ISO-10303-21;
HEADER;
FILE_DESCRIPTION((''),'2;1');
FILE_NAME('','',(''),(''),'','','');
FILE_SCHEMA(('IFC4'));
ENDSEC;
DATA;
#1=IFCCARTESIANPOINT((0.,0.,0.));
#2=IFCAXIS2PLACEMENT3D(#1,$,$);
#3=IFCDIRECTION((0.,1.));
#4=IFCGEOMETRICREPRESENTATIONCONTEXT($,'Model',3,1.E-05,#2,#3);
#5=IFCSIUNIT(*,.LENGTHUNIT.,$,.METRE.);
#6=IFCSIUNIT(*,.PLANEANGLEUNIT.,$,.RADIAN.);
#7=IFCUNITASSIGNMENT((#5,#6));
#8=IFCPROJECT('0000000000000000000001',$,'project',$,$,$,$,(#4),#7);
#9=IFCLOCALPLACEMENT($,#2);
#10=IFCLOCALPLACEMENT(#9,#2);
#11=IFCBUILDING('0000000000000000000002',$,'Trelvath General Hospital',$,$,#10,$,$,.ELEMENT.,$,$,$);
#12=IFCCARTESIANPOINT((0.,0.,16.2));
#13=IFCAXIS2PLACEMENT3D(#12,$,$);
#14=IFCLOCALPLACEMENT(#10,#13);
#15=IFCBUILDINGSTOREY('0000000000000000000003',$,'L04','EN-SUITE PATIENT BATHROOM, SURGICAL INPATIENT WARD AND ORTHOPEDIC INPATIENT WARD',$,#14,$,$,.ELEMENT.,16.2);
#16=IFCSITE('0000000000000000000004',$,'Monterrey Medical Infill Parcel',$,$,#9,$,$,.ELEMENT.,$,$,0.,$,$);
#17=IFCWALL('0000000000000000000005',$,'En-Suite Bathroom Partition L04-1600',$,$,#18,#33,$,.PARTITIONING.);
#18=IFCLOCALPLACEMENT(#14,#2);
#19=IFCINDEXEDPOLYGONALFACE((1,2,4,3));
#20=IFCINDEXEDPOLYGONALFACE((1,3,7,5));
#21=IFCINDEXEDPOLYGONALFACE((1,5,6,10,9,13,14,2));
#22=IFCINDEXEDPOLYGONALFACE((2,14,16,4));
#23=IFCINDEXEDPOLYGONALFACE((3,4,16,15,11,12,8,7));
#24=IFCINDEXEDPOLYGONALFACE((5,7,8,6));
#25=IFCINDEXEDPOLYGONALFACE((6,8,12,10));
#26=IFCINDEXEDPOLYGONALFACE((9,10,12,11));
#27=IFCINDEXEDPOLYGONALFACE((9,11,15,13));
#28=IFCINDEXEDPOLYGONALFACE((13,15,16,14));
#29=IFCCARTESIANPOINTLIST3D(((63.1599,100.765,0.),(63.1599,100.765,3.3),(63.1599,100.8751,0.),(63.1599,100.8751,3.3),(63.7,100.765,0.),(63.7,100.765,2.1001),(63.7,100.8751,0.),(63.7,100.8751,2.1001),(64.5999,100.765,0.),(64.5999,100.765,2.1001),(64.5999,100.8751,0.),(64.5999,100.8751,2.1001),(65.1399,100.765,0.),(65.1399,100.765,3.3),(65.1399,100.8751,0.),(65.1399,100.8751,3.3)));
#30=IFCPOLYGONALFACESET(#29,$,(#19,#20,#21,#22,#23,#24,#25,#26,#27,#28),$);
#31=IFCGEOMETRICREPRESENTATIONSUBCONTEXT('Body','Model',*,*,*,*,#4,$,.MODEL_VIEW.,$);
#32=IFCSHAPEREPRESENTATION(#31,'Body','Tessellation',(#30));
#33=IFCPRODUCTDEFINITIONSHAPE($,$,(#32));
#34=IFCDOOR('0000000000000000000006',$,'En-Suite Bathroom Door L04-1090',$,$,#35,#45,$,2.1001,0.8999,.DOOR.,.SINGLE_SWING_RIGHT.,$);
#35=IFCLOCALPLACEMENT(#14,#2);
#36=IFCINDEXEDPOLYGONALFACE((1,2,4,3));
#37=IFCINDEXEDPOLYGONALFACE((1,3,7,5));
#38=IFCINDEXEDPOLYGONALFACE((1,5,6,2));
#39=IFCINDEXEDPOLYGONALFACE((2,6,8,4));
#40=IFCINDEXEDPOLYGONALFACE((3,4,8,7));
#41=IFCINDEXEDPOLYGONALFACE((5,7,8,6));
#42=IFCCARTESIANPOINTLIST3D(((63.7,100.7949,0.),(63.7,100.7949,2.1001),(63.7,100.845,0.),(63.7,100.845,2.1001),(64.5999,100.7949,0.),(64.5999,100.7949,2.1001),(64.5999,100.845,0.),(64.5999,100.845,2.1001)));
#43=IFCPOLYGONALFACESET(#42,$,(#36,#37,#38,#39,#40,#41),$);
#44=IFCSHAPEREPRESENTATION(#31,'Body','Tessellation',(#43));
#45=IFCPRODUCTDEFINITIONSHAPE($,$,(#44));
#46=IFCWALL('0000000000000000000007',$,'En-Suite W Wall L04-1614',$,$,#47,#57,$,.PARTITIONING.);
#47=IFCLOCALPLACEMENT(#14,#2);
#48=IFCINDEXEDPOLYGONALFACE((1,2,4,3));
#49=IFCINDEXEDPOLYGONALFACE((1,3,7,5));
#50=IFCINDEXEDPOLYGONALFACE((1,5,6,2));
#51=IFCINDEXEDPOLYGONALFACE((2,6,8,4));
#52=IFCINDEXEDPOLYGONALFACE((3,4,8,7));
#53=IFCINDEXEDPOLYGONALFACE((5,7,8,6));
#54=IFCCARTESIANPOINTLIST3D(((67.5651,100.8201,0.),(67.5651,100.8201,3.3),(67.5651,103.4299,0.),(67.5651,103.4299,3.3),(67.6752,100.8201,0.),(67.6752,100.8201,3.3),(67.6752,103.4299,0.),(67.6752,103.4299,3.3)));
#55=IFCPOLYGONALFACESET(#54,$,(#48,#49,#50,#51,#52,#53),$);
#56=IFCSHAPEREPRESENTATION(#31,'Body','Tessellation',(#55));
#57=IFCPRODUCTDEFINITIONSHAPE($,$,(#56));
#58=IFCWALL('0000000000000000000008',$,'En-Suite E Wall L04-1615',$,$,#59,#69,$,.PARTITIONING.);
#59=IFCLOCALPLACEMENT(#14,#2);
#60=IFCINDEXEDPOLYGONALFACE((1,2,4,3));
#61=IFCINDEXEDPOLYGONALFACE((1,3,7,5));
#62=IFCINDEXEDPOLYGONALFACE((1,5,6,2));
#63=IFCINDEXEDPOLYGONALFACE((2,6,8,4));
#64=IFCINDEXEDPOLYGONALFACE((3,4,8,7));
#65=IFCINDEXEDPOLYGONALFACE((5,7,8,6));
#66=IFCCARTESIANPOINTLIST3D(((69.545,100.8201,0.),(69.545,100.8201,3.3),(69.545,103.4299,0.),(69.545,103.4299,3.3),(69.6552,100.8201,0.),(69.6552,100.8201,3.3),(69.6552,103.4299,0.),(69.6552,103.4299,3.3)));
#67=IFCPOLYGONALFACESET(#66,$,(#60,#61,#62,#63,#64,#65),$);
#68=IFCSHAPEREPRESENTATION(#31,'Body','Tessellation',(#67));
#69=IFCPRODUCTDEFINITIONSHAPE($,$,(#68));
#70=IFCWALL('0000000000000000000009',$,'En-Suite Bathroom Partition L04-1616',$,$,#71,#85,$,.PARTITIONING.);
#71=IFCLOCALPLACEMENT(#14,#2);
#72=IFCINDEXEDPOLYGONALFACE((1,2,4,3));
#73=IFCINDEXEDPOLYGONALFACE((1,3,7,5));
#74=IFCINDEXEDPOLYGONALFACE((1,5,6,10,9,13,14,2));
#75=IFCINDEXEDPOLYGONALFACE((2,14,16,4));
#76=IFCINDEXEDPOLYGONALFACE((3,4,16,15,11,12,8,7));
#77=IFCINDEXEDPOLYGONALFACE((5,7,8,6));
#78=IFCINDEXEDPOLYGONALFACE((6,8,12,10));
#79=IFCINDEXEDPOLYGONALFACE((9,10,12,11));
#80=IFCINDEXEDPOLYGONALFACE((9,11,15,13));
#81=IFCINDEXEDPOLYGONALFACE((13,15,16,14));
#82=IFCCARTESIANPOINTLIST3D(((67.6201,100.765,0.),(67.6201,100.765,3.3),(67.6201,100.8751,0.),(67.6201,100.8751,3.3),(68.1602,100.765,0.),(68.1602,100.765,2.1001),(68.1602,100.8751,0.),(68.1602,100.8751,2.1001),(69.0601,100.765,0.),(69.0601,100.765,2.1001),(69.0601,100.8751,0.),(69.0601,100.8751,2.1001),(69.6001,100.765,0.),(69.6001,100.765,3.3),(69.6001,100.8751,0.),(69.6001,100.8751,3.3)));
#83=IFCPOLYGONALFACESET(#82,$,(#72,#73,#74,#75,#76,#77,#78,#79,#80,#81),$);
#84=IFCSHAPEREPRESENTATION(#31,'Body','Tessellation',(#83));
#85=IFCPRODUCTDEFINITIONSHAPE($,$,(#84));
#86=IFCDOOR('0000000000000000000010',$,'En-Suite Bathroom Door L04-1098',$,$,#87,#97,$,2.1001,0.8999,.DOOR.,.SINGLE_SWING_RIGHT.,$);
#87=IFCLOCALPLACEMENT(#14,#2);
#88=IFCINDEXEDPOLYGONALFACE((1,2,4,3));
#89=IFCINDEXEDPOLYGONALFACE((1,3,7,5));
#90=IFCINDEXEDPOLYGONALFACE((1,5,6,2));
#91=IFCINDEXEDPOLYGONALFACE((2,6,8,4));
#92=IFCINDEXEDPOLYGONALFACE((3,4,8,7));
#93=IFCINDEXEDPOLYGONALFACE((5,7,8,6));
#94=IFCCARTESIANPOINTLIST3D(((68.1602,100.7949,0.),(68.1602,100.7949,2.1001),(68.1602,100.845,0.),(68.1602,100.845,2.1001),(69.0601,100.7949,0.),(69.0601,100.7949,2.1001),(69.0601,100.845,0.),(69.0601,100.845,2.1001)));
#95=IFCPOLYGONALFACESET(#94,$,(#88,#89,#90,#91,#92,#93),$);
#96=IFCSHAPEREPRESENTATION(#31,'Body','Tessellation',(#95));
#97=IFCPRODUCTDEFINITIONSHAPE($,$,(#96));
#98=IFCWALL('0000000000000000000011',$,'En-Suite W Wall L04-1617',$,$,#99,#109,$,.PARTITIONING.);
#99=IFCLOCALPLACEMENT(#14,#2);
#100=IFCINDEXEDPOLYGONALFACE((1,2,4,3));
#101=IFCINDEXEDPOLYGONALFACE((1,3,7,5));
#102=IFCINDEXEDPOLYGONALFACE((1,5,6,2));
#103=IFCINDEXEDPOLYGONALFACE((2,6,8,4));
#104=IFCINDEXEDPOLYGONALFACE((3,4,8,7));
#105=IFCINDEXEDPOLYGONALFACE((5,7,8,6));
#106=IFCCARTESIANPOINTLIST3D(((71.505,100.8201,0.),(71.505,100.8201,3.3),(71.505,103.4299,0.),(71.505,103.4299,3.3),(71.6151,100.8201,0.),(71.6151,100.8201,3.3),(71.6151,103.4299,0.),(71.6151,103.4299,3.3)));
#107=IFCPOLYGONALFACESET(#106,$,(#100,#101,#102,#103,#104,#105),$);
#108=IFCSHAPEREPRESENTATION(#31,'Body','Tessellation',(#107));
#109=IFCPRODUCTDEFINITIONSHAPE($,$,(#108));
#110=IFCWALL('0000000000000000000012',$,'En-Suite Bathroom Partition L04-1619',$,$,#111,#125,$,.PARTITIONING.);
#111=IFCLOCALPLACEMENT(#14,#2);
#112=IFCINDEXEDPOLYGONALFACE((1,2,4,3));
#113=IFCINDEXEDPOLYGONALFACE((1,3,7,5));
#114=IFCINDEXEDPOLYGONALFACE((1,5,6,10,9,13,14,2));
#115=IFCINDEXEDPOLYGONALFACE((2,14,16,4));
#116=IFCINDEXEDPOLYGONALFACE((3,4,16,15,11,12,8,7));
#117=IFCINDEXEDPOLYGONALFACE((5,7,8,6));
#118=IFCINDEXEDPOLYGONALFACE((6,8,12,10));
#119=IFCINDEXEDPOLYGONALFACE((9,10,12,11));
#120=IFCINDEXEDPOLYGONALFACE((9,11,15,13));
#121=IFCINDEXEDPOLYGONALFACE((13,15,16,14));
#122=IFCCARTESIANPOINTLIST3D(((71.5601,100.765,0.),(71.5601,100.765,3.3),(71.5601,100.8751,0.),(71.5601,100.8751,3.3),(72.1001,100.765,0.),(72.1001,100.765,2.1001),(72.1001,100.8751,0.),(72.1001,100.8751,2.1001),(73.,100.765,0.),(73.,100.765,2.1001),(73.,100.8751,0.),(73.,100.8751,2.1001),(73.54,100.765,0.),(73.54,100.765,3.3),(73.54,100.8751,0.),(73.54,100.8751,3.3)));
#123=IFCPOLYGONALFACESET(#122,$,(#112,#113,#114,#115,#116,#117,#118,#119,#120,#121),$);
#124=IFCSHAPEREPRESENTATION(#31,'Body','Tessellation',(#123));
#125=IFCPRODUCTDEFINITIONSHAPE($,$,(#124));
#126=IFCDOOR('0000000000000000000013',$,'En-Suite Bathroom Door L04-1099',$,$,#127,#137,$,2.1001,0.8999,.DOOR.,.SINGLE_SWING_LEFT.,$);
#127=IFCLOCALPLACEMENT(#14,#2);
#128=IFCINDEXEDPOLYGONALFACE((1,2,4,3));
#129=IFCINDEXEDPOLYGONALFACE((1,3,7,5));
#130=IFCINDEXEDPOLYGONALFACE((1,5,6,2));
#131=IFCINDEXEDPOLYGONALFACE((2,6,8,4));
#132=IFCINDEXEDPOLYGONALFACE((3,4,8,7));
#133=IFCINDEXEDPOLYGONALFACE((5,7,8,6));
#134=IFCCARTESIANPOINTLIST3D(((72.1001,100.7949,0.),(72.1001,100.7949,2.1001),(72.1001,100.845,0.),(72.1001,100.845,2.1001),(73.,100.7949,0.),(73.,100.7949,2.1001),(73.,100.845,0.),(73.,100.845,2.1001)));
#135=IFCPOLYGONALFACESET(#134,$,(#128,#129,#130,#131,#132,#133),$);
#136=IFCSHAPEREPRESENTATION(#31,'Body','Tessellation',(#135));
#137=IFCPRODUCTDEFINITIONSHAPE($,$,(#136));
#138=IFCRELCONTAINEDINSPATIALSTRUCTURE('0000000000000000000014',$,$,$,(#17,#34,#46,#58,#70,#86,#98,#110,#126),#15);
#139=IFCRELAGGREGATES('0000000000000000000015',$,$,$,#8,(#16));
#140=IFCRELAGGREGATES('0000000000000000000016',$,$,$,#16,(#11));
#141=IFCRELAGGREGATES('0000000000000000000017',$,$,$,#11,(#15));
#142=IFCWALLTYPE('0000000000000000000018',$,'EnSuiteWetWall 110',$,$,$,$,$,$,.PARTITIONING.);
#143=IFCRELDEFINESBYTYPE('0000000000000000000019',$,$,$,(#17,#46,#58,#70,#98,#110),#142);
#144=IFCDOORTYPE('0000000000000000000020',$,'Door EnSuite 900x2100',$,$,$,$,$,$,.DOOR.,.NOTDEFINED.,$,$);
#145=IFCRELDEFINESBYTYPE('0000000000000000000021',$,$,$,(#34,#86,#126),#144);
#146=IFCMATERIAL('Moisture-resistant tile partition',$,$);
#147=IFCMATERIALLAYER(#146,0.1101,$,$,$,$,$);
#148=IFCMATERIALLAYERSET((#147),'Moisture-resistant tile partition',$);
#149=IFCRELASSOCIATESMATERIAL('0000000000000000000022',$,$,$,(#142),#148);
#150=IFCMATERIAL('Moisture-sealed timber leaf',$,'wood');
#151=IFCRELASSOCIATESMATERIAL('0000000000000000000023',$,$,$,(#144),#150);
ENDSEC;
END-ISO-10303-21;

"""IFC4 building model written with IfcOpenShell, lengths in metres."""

from ifc_helpers import new_model, si_unit, direction, frame, frame_2d, origin, place, context, subcontext, project, spatial, rectangle, extrude, material, layer, layer_set, type_object, element, fill, save


model = new_model("IFC4")

# Units and contexts
model_context = context("Model", 3, precision=1e-05, world=origin(), true_north=direction((0.0, 1.0)))
body_context = subcontext(model_context, "Body", "Model", "MODEL_VIEW")
ifc_project = project(units=[si_unit("LENGTHUNIT", "METRE"), si_unit("PLANEANGLEUNIT", "RADIAN")], contexts=[model_context])

# Site, building, storey
site_placement = place(None, origin())
site = spatial("IfcSite", under=ifc_project, at=site_placement, Name="Monterrey Medical Infill Parcel", CompositionType="ELEMENT", RefElevation=0.0)
building_placement = place(site_placement, origin())
building = spatial("IfcBuilding", under=site, at=building_placement, Name="Trelvath General Hospital", CompositionType="ELEMENT")
storey_placement = place(building_placement, frame((0.0, 0.0, 16.2)))
storey = spatial("IfcBuildingStorey", under=building, at=storey_placement, Name="L04", Description="EN-SUITE PATIENT BATHROOM, SURGICAL INPATIENT WARD AND ORTHOPEDIC INPATIENT WARD", CompositionType="ELEMENT", Elevation=16.2)

# Shared definitions
ifc_material_1 = material(Name="Moisture-resistant tile partition")
ifc_layer_1 = layer(ifc_material_1, 0.1101)
ifc_layer_set_1 = layer_set([ifc_layer_1], Name="Moisture-resistant tile partition")
wall_type_1 = type_object("IfcWallType", Name="EnSuiteWetWall 110", PredefinedType="PARTITIONING", material=ifc_layer_set_1)

# Wall, opening, door
wall_1_placement = place(storey_placement, frame((63.1599, 100.8201, 0.0), z_axis=(0.0, 0.0, 1.0), x_axis=(1.0, 0.0, 0.0)))
wall_1 = element("IfcWall", 1, at=wall_1_placement, inside=storey, type_object=wall_type_1, Name="En-Suite Bathroom Partition L04-1600", PredefinedType="PARTITIONING", context=body_context, shape_type="SweptSolid", body=[
    extrude(rectangle(XDim=1.98, YDim=0.1101, at=frame_2d((0.99, 0.0))), origin(), (0.0, 0.0, 1.0), 3.3),
])
opening_1_placement = place(wall_1_placement, frame((0.54, 0.0, 0.0)))
opening_1 = element("IfcOpeningElement", 2, at=opening_1_placement, cuts=wall_1, PredefinedType="OPENING", context=body_context, shape_type="SweptSolid", body=[
    extrude(rectangle(XDim=0.8999, YDim=2.1001, at=frame_2d((0.45, 1.05))), frame((0.0, 0.0649, 0.0), z_axis=(0.0, -1.0, 0.0), x_axis=(1.0, 0.0, 0.0)), (0.0, 0.0, 1.0), 0.1301),
])
ifc_material_2 = material(Name="Moisture-sealed timber leaf", Category="wood")
door_type = type_object("IfcDoorType", Name="Door EnSuite 900x2100", OperationType="NOTDEFINED", PredefinedType="DOOR", material=ifc_material_2)
door_1_placement = place(opening_1_placement, origin())
door_1 = element("IfcDoor", 3, at=door_1_placement, inside=storey, type_object=door_type, Name="En-Suite Bathroom Door L04-1090", OperationType="SINGLE_SWING_RIGHT", OverallHeight=2.1001, OverallWidth=0.8999, PredefinedType="DOOR", context=body_context, shape_type="SweptSolid", body=[
    extrude(rectangle(XDim=0.8999, YDim=2.1001, at=frame_2d((0.45, 1.05))), frame((0.0, 0.0249, 0.0), z_axis=(0.0, -1.0, 0.0), x_axis=(1.0, 0.0, 0.0)), (0.0, 0.0, 1.0), 0.05),
])
fill(opening_1, door_1)

# Walls
for number, where, z_axis, x_axis, name in (
    (4, (67.6201, 100.8201, 0.0), (0.0, 0.0, 1.0), (0.0, 1.0, 0.0), "En-Suite W Wall L04-1614"),
    (5, (69.6001, 100.8201, 0.0), (0.0, 0.0, 1.0), (0.0, 1.0, 0.0), "En-Suite E Wall L04-1615"),
):
    element("IfcWall", number, at=place(storey_placement, frame(where, z_axis=z_axis, x_axis=x_axis)), inside=storey, type_object=wall_type_1, Name=name, PredefinedType="PARTITIONING", context=body_context, shape_type="SweptSolid", body=[
        extrude(rectangle(XDim=2.6099, YDim=0.1101, at=frame_2d((1.3049, 0.0))), origin(), (0.0, 0.0, 1.0), 3.3),
    ])

# Wall, opening, door
wall_2_placement = place(storey_placement, frame((67.6201, 100.8201, 0.0), z_axis=(0.0, 0.0, 1.0), x_axis=(1.0, 0.0, 0.0)))
wall_2 = element("IfcWall", 6, at=wall_2_placement, inside=storey, type_object=wall_type_1, Name="En-Suite Bathroom Partition L04-1616", PredefinedType="PARTITIONING", context=body_context, shape_type="SweptSolid", body=[
    extrude(rectangle(XDim=1.98, YDim=0.1101, at=frame_2d((0.99, 0.0))), origin(), (0.0, 0.0, 1.0), 3.3),
])
opening_2_placement = place(wall_2_placement, frame((0.54, 0.0, 0.0)))
opening_2 = element("IfcOpeningElement", 7, at=opening_2_placement, cuts=wall_2, PredefinedType="OPENING", context=body_context, shape_type="SweptSolid", body=[
    extrude(rectangle(XDim=0.8999, YDim=2.1001, at=frame_2d((0.45, 1.05))), frame((0.0, 0.0649, 0.0), z_axis=(0.0, -1.0, 0.0), x_axis=(1.0, 0.0, 0.0)), (0.0, 0.0, 1.0), 0.1301),
])
door_2_placement = place(opening_2_placement, origin())
door_2 = element("IfcDoor", 8, at=door_2_placement, inside=storey, type_object=door_type, Name="En-Suite Bathroom Door L04-1098", OperationType="SINGLE_SWING_RIGHT", OverallHeight=2.1001, OverallWidth=0.8999, PredefinedType="DOOR", context=body_context, shape_type="SweptSolid", body=[
    extrude(rectangle(XDim=0.8999, YDim=2.1001, at=frame_2d((0.45, 1.05))), frame((0.0, 0.0249, 0.0), z_axis=(0.0, -1.0, 0.0), x_axis=(1.0, 0.0, 0.0)), (0.0, 0.0, 1.0), 0.05),
])
fill(opening_2, door_2)

# Wall
wall_3_placement = place(storey_placement, frame((71.5601, 100.8201, 0.0), z_axis=(0.0, 0.0, 1.0), x_axis=(0.0, 1.0, 0.0)))
element("IfcWall", 9, at=wall_3_placement, inside=storey, type_object=wall_type_1, Name="En-Suite W Wall L04-1617", PredefinedType="PARTITIONING", context=body_context, shape_type="SweptSolid", body=[
    extrude(rectangle(XDim=2.6099, YDim=0.1101, at=frame_2d((1.3049, 0.0))), origin(), (0.0, 0.0, 1.0), 3.3),
])

# Wall, opening, door
wall_4_placement = place(storey_placement, frame((71.5601, 100.8201, 0.0), z_axis=(0.0, 0.0, 1.0), x_axis=(1.0, 0.0, 0.0)))
wall_4 = element("IfcWall", 10, at=wall_4_placement, inside=storey, type_object=wall_type_1, Name="En-Suite Bathroom Partition L04-1619", PredefinedType="PARTITIONING", context=body_context, shape_type="SweptSolid", body=[
    extrude(rectangle(XDim=1.98, YDim=0.1101, at=frame_2d((0.99, 0.0))), origin(), (0.0, 0.0, 1.0), 3.3),
])
opening_3_placement = place(wall_4_placement, frame((0.54, 0.0, 0.0)))
opening_3 = element("IfcOpeningElement", 11, at=opening_3_placement, cuts=wall_4, PredefinedType="OPENING", context=body_context, shape_type="SweptSolid", body=[
    extrude(rectangle(XDim=0.8999, YDim=2.1001, at=frame_2d((0.45, 1.05))), frame((0.0, 0.0649, 0.0), z_axis=(0.0, -1.0, 0.0), x_axis=(1.0, 0.0, 0.0)), (0.0, 0.0, 1.0), 0.1301),
])
door_3_placement = place(opening_3_placement, origin())
door_3 = element("IfcDoor", 12, at=door_3_placement, inside=storey, type_object=door_type, Name="En-Suite Bathroom Door L04-1099", OperationType="SINGLE_SWING_LEFT", OverallHeight=2.1001, OverallWidth=0.8999, PredefinedType="DOOR", context=body_context, shape_type="SweptSolid", body=[
    extrude(rectangle(XDim=0.8999, YDim=2.1001, at=frame_2d((0.45, 1.05))), frame((0.0, 0.0249, 0.0), z_axis=(0.0, -1.0, 0.0), x_axis=(1.0, 0.0, 0.0)), (0.0, 0.0, 1.0), 0.05),
])
fill(opening_3, door_3)

save(model, "model.ifc")
